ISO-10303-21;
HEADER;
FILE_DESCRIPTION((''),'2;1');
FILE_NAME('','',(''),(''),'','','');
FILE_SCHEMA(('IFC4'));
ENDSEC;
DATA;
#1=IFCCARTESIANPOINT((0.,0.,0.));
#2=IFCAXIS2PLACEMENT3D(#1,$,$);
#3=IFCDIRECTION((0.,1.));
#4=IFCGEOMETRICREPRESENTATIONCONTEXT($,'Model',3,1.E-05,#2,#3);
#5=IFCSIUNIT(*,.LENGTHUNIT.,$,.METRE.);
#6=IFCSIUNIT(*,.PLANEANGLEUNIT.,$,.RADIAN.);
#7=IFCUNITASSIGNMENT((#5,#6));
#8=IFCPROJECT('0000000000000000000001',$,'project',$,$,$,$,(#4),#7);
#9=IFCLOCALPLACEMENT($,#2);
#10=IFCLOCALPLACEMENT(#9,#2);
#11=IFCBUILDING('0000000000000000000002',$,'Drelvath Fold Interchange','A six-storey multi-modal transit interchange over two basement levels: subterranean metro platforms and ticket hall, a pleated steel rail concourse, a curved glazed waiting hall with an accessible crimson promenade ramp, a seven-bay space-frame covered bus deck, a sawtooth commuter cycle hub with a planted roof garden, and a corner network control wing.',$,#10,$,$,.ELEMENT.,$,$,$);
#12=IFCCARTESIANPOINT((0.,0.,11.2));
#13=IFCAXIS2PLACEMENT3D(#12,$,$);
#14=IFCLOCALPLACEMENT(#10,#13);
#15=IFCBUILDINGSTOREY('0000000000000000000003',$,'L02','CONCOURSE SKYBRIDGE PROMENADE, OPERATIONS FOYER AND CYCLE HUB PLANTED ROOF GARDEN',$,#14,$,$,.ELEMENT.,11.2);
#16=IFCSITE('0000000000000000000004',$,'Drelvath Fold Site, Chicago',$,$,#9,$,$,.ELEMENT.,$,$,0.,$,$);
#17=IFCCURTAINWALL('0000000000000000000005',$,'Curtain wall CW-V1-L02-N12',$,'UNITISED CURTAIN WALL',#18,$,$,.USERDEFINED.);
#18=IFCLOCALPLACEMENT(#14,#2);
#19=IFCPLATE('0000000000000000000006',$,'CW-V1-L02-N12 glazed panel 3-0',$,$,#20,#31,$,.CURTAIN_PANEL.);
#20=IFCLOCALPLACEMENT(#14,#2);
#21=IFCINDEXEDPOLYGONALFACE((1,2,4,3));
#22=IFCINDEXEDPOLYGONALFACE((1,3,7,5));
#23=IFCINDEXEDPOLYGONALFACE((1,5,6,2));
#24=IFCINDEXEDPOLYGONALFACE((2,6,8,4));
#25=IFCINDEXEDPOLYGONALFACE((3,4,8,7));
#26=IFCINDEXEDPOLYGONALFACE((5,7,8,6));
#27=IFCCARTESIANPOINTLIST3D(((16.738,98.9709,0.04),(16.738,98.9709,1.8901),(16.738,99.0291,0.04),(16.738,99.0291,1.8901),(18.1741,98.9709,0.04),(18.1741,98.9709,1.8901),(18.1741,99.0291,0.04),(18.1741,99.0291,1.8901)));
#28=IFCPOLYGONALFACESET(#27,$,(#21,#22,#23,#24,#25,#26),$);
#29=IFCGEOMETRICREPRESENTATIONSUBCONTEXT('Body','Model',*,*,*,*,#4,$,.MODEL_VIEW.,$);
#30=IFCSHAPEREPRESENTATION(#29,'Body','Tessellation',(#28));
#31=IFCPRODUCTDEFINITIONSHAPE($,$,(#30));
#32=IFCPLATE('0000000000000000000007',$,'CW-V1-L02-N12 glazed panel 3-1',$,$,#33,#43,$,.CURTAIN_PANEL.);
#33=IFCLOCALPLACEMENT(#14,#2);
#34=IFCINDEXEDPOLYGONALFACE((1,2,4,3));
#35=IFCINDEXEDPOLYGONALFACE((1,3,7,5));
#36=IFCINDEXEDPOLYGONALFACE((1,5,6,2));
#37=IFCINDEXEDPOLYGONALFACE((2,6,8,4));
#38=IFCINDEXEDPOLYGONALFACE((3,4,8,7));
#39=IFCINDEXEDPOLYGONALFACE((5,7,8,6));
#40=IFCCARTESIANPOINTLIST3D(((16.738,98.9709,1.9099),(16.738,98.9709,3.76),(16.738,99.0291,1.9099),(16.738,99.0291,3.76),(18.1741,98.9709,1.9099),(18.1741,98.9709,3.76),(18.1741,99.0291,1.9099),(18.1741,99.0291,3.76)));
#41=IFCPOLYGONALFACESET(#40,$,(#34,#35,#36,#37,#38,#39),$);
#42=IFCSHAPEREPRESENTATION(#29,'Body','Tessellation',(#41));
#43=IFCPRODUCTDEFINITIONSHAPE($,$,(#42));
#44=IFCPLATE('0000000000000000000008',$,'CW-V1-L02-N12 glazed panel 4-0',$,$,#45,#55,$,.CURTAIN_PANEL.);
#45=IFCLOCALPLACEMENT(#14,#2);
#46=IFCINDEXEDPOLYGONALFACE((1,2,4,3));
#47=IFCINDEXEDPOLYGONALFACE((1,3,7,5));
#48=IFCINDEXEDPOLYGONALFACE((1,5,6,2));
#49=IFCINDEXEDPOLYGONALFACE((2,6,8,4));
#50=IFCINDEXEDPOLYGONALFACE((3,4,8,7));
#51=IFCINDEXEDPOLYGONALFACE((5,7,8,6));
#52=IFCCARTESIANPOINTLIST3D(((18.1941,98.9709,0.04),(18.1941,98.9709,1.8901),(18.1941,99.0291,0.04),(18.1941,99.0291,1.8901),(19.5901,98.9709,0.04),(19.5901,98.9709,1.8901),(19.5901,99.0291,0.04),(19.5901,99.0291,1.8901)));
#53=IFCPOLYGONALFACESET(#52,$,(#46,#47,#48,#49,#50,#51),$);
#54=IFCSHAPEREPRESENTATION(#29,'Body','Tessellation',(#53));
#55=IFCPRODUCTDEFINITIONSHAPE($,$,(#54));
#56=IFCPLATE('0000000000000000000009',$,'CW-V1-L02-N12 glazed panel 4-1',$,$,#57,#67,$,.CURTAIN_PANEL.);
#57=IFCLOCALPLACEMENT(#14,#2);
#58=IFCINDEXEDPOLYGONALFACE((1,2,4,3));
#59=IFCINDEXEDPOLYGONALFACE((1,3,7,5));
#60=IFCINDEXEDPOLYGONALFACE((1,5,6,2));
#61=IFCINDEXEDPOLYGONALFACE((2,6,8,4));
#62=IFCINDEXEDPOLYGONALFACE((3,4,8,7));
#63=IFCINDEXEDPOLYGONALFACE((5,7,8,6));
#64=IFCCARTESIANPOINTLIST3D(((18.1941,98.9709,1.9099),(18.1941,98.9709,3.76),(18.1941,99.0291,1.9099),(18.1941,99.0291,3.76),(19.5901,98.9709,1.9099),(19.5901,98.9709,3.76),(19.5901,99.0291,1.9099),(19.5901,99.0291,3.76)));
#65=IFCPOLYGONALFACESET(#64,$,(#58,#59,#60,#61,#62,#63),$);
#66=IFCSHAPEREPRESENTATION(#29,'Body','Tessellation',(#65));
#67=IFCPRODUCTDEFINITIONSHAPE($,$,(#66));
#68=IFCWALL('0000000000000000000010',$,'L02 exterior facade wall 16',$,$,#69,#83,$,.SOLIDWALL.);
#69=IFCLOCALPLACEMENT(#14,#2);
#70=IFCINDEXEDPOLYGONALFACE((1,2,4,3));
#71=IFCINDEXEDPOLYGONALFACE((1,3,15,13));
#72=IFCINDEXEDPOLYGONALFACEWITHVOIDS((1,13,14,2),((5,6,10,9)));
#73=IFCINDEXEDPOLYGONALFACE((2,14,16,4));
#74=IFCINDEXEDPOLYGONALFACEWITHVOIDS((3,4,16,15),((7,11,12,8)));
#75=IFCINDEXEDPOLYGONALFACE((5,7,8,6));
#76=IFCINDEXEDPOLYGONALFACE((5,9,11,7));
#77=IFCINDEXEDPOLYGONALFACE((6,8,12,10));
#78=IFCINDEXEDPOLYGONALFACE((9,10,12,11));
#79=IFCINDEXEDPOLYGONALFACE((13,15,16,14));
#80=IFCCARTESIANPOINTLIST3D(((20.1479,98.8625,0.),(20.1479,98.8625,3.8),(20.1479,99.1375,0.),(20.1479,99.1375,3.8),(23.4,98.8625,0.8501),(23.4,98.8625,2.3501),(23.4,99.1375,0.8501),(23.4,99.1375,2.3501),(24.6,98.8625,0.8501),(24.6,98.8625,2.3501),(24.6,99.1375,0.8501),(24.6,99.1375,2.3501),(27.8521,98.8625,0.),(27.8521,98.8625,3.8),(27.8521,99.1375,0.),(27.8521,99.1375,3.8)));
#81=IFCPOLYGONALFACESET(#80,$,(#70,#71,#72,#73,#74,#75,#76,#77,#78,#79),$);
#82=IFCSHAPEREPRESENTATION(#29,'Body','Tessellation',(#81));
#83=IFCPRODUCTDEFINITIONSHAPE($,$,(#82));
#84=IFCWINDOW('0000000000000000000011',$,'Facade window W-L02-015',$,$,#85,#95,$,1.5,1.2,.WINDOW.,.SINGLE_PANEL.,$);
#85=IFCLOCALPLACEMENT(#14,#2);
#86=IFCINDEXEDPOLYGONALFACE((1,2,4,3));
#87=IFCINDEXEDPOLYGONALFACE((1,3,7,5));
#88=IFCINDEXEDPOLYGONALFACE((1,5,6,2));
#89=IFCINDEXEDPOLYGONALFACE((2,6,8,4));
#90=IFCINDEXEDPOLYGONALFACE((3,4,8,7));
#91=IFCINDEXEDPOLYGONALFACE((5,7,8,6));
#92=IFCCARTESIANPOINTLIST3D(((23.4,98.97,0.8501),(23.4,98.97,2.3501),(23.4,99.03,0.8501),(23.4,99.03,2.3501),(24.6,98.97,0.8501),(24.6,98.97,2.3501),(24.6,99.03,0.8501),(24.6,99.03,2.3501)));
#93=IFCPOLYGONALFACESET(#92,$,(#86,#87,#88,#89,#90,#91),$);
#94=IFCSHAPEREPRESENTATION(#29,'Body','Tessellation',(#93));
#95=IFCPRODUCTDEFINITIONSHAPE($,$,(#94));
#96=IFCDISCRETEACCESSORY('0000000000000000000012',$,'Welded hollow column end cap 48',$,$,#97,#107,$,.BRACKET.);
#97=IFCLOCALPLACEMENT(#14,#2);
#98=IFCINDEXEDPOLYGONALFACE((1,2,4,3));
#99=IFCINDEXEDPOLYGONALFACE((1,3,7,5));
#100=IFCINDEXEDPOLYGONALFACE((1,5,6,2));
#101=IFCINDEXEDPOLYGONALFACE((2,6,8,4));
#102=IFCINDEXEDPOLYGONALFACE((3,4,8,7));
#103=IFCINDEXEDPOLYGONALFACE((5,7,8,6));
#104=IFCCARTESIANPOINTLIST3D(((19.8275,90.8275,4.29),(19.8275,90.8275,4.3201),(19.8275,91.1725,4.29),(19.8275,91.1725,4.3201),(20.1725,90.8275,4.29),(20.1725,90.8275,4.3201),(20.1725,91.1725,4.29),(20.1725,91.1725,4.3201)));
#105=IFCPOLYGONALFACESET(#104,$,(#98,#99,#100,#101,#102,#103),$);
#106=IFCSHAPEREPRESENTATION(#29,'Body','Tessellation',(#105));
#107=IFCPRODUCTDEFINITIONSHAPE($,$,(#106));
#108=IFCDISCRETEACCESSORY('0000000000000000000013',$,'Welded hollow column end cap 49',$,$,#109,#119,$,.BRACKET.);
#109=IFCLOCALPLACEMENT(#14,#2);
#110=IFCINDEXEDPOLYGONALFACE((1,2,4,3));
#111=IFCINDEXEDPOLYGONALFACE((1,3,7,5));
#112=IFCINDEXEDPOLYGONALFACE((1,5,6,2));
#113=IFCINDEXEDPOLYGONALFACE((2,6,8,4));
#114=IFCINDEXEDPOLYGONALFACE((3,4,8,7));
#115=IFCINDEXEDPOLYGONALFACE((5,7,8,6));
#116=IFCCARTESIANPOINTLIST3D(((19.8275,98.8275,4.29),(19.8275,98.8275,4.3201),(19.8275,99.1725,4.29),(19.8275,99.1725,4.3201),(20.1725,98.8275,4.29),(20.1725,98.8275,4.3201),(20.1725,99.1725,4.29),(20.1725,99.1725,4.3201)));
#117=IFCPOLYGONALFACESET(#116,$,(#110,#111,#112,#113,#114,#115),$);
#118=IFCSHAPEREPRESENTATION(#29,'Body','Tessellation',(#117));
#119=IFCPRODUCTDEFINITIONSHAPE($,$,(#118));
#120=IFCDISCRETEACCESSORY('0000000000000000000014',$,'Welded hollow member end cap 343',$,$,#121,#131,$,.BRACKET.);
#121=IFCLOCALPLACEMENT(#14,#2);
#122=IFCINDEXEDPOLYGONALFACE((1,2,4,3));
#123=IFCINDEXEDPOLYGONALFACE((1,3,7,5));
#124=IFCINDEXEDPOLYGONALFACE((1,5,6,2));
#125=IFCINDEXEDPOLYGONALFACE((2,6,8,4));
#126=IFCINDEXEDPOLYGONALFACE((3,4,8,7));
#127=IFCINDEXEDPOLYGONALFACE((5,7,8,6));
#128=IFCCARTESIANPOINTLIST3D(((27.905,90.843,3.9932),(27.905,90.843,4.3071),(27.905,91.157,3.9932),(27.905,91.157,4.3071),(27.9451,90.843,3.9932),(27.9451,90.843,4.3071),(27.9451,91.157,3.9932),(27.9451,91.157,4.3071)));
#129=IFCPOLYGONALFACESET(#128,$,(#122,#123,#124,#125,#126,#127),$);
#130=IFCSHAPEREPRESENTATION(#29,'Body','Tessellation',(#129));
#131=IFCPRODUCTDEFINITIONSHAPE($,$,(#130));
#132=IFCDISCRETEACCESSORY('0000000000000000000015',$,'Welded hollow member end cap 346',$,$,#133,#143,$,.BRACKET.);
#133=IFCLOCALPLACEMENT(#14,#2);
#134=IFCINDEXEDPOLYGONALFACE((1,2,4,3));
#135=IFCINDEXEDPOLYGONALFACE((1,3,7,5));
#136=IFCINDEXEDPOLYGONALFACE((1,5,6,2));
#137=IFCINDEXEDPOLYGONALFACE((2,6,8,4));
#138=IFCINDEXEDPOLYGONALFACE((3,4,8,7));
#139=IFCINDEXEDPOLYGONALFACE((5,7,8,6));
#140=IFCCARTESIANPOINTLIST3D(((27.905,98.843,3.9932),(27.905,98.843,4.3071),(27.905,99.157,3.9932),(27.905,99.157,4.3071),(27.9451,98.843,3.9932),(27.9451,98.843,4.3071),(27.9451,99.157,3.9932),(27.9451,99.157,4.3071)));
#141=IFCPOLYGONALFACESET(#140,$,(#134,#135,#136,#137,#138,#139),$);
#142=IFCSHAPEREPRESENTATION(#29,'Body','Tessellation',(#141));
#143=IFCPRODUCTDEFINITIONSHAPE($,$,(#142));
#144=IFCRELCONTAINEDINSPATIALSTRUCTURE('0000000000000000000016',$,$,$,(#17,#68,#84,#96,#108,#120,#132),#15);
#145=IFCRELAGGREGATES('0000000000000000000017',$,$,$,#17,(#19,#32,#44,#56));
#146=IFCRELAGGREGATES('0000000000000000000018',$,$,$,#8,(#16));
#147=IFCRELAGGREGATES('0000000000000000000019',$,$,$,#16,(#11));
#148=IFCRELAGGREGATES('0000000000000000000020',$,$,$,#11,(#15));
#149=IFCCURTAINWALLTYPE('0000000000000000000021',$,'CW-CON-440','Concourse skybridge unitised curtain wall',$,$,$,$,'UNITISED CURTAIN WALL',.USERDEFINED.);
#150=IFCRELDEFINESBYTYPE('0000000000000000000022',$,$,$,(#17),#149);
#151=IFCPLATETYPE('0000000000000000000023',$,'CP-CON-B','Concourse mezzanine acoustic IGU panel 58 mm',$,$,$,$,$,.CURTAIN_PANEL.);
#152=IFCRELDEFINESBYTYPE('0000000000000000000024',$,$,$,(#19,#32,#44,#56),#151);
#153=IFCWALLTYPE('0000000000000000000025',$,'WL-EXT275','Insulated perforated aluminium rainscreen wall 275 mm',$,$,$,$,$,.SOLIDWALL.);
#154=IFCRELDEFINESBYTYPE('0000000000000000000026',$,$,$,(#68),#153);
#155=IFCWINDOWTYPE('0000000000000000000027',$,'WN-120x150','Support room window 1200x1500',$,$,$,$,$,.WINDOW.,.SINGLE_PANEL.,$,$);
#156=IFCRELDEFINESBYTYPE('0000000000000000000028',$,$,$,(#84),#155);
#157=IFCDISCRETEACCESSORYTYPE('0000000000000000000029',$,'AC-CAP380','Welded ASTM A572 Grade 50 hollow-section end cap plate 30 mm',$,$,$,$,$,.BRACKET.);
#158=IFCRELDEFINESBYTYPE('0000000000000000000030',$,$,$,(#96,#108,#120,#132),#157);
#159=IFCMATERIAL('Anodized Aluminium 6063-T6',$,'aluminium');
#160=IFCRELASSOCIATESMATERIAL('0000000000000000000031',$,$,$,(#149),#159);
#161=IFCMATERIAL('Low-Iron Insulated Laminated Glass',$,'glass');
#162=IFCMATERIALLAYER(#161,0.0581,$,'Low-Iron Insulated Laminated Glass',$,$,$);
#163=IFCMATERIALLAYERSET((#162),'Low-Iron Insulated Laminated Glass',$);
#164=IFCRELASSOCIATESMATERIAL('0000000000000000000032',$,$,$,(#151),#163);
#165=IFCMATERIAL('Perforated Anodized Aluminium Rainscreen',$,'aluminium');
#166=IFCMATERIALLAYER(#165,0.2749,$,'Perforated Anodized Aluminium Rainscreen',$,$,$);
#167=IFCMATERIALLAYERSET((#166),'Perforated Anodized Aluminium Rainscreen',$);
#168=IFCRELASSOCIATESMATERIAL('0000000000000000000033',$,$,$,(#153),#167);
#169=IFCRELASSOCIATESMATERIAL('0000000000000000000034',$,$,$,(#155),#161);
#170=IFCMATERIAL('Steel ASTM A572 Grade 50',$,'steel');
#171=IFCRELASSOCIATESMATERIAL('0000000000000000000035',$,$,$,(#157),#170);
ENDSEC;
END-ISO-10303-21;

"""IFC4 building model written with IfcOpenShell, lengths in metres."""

from ifc_helpers import new_model, si_unit, direction, frame, frame_2d, origin, origin_2d, place, context, subcontext, project, spatial, rectangle, extrude, material, layer, layer_set, type_object, element, fill, aggregate, save


model = new_model("IFC4")

# Units and contexts
model_context = context("Model", 3, precision=1e-05, world=origin(), true_north=direction((0.0, 1.0)))
body_context = subcontext(model_context, "Body", "Model", "MODEL_VIEW")
ifc_project = project(units=[si_unit("LENGTHUNIT", "METRE"), si_unit("PLANEANGLEUNIT", "RADIAN")], contexts=[model_context])

# Site, building, storey
site_placement = place(None, origin())
site = spatial("IfcSite", under=ifc_project, at=site_placement, Name="Drelvath Fold Site, Chicago", CompositionType="ELEMENT", RefElevation=0.0)
building_placement = place(site_placement, origin())
building = spatial("IfcBuilding", under=site, at=building_placement, Name="Drelvath Fold Interchange", Description="A six-storey multi-modal transit interchange over two basement levels: subterranean metro platforms and ticket hall, a pleated steel rail concourse, a curved glazed waiting hall with an accessible crimson promenade ramp, a seven-bay space-frame covered bus deck, a sawtooth commuter cycle hub with a planted roof garden, and a corner network control wing.", CompositionType="ELEMENT")
storey_placement = place(building_placement, frame((0.0, 0.0, 11.2)))
storey = spatial("IfcBuildingStorey", under=building, at=storey_placement, Name="L02", Description="CONCOURSE SKYBRIDGE PROMENADE, OPERATIONS FOYER AND CYCLE HUB PLANTED ROOF GARDEN", CompositionType="ELEMENT", Elevation=11.2)

# Curtain wall, plates
ifc_material_1 = material(Name="Anodized Aluminium 6063-T6", Category="aluminium")
curtain_wall_type = type_object("IfcCurtainWallType", Name="CW-CON-440", Description="Concourse skybridge unitised curtain wall", ElementType="UNITISED CURTAIN WALL", PredefinedType="USERDEFINED", material=ifc_material_1)
curtain_wall_placement = place(storey_placement, origin())
curtain_wall = element("IfcCurtainWall", 1, at=curtain_wall_placement, inside=storey, type_object=curtain_wall_type, Name="Curtain wall CW-V1-L02-N12", ObjectType="UNITISED CURTAIN WALL", PredefinedType="USERDEFINED")
ifc_material_2 = material(Name="Low-Iron Insulated Laminated Glass", Category="glass")
ifc_layer_1 = layer(ifc_material_2, 0.0581, Name="Low-Iron Insulated Laminated Glass")
ifc_layer_set_1 = layer_set([ifc_layer_1], Name="Low-Iron Insulated Laminated Glass")
plate_type = type_object("IfcPlateType", Name="CP-CON-B", Description="Concourse mezzanine acoustic IGU panel 58 mm", PredefinedType="CURTAIN_PANEL", material=ifc_layer_set_1)
plate_1_placement = place(storey_placement, frame((17.4561, 99.0, 0.04), z_axis=(0.0, 0.0, 1.0), x_axis=(1.0, 0.0, 0.0)))
plate_1 = element("IfcPlate", 2, at=plate_1_placement, type_object=plate_type, Name="CW-V1-L02-N12 glazed panel 3-0", PredefinedType="CURTAIN_PANEL", context=body_context, shape_type="SweptSolid", body=[
    extrude(rectangle(XDim=1.436, YDim=0.0581, at=origin_2d()), origin(), (0.0, 0.0, 1.0), 1.8501),
])
plate_2_placement = place(storey_placement, frame((17.4561, 99.0, 1.9099), z_axis=(0.0, 0.0, 1.0), x_axis=(1.0, 0.0, 0.0)))
plate_2 = element("IfcPlate", 3, at=plate_2_placement, type_object=plate_type, Name="CW-V1-L02-N12 glazed panel 3-1", PredefinedType="CURTAIN_PANEL", context=body_context, shape_type="SweptSolid", body=[
    extrude(rectangle(XDim=1.436, YDim=0.0581, at=origin_2d()), origin(), (0.0, 0.0, 1.0), 1.8501),
])
plate_3_placement = place(storey_placement, frame((18.8921, 99.0, 0.04), z_axis=(0.0, 0.0, 1.0), x_axis=(1.0, 0.0, 0.0)))
plate_3 = element("IfcPlate", 4, at=plate_3_placement, type_object=plate_type, Name="CW-V1-L02-N12 glazed panel 4-0", PredefinedType="CURTAIN_PANEL", context=body_context, shape_type="SweptSolid", body=[
    extrude(rectangle(XDim=1.396, YDim=0.0581, at=origin_2d()), origin(), (0.0, 0.0, 1.0), 1.8501),
])
plate_4_placement = place(storey_placement, frame((18.8921, 99.0, 1.9099), z_axis=(0.0, 0.0, 1.0), x_axis=(1.0, 0.0, 0.0)))
plate_4 = element("IfcPlate", 5, at=plate_4_placement, type_object=plate_type, Name="CW-V1-L02-N12 glazed panel 4-1", PredefinedType="CURTAIN_PANEL", context=body_context, shape_type="SweptSolid", body=[
    extrude(rectangle(XDim=1.396, YDim=0.0581, at=origin_2d()), origin(), (0.0, 0.0, 1.0), 1.8501),
])
aggregate(curtain_wall, [plate_1, plate_2, plate_3, plate_4])

# Wall, opening, window
ifc_material_3 = material(Name="Perforated Anodized Aluminium Rainscreen", Category="aluminium")
ifc_layer_2 = layer(ifc_material_3, 0.2749, Name="Perforated Anodized Aluminium Rainscreen")
ifc_layer_set_2 = layer_set([ifc_layer_2], Name="Perforated Anodized Aluminium Rainscreen")
wall_type = type_object("IfcWallType", Name="WL-EXT275", Description="Insulated perforated aluminium rainscreen wall 275 mm", PredefinedType="SOLIDWALL", material=ifc_layer_set_2)
wall_placement = place(storey_placement, frame((20.1479, 99.0, 0.0), z_axis=(0.0, 0.0, 1.0), x_axis=(1.0, 0.0, 0.0)))
wall = element("IfcWall", 6, at=wall_placement, inside=storey, type_object=wall_type, Name="L02 exterior facade wall 16", PredefinedType="SOLIDWALL", context=body_context, shape_type="SweptSolid", body=[
    extrude(rectangle(XDim=7.7041, YDim=0.2749, at=frame_2d((3.8521, 0.0))), origin(), (0.0, 0.0, 1.0), 3.8),
])
opening_placement = place(wall_placement, frame((3.252, 0.0, 0.8501)))
opening = element("IfcOpeningElement", 7, at=opening_placement, cuts=wall, PredefinedType="OPENING", context=body_context, shape_type="SweptSolid", body=[
    extrude(rectangle(XDim=1.2, YDim=1.5, at=frame_2d((0.6001, 0.75))), frame((0.0, 0.1475, 0.0), z_axis=(0.0, -1.0, 0.0), x_axis=(1.0, 0.0, 0.0)), (0.0, 0.0, 1.0), 0.2949),
])
window_type = type_object("IfcWindowType", Name="WN-120x150", Description="Support room window 1200x1500", PartitioningType="SINGLE_PANEL", PredefinedType="WINDOW", material=ifc_material_2)
window_placement = place(opening_placement, origin())
window = element("IfcWindow", 8, at=window_placement, inside=storey, type_object=window_type, Name="Facade window W-L02-015", OverallHeight=1.5, OverallWidth=1.2, PartitioningType="SINGLE_PANEL", PredefinedType="WINDOW", context=body_context, shape_type="SweptSolid", body=[
    extrude(rectangle(XDim=1.2, YDim=1.5, at=frame_2d((0.6001, 0.75))), frame((0.0, 0.03, 0.0), z_axis=(0.0, -1.0, 0.0), x_axis=(1.0, 0.0, 0.0)), (0.0, 0.0, 1.0), 0.0601),
])
fill(opening, window)

# Discrete accessories
ifc_material_4 = material(Name="Steel ASTM A572 Grade 50", Category="steel")
discrete_accessory_type = type_object("IfcDiscreteAccessoryType", Name="AC-CAP380", Description="Welded ASTM A572 Grade 50 hollow-section end cap plate 30 mm", PredefinedType="BRACKET", material=ifc_material_4)
for number, where, z_axis, x_axis, name in (
    (9, (20.0, 91.0, 4.29), (0.0, 0.0, 1.0), (1.0, 0.0, 0.0), "Welded hollow column end cap 48"),
    (10, (20.0, 99.0, 4.29), (0.0, 0.0, 1.0), (1.0, 0.0, 0.0), "Welded hollow column end cap 49"),
):
    element("IfcDiscreteAccessory", number, at=place(storey_placement, frame(where, z_axis=z_axis, x_axis=x_axis)), inside=storey, type_object=discrete_accessory_type, Name=name, PredefinedType="BRACKET", context=body_context, shape_type="SweptSolid", body=[
        extrude(rectangle(XDim=0.345, YDim=0.345, at=origin_2d()), origin(), (0.0, 0.0, 1.0), 0.03),
    ])
for number, where, z_axis, x_axis, name in (
    (11, (27.925, 91.0, 3.9932), (0.0, 0.0, 1.0), (1.0, 0.0, 0.0), "Welded hollow member end cap 343"),
    (12, (27.925, 99.0, 3.9932), (0.0, 0.0, 1.0), (1.0, 0.0, 0.0), "Welded hollow member end cap 346"),
):
    element("IfcDiscreteAccessory", number, at=place(storey_placement, frame(where, z_axis=z_axis, x_axis=x_axis)), inside=storey, type_object=discrete_accessory_type, Name=name, PredefinedType="BRACKET", context=body_context, shape_type="SweptSolid", body=[
        extrude(rectangle(XDim=0.04, YDim=0.314, at=origin_2d()), origin(), (0.0, 0.0, 1.0), 0.314),
    ])

save(model, "model.ifc")
